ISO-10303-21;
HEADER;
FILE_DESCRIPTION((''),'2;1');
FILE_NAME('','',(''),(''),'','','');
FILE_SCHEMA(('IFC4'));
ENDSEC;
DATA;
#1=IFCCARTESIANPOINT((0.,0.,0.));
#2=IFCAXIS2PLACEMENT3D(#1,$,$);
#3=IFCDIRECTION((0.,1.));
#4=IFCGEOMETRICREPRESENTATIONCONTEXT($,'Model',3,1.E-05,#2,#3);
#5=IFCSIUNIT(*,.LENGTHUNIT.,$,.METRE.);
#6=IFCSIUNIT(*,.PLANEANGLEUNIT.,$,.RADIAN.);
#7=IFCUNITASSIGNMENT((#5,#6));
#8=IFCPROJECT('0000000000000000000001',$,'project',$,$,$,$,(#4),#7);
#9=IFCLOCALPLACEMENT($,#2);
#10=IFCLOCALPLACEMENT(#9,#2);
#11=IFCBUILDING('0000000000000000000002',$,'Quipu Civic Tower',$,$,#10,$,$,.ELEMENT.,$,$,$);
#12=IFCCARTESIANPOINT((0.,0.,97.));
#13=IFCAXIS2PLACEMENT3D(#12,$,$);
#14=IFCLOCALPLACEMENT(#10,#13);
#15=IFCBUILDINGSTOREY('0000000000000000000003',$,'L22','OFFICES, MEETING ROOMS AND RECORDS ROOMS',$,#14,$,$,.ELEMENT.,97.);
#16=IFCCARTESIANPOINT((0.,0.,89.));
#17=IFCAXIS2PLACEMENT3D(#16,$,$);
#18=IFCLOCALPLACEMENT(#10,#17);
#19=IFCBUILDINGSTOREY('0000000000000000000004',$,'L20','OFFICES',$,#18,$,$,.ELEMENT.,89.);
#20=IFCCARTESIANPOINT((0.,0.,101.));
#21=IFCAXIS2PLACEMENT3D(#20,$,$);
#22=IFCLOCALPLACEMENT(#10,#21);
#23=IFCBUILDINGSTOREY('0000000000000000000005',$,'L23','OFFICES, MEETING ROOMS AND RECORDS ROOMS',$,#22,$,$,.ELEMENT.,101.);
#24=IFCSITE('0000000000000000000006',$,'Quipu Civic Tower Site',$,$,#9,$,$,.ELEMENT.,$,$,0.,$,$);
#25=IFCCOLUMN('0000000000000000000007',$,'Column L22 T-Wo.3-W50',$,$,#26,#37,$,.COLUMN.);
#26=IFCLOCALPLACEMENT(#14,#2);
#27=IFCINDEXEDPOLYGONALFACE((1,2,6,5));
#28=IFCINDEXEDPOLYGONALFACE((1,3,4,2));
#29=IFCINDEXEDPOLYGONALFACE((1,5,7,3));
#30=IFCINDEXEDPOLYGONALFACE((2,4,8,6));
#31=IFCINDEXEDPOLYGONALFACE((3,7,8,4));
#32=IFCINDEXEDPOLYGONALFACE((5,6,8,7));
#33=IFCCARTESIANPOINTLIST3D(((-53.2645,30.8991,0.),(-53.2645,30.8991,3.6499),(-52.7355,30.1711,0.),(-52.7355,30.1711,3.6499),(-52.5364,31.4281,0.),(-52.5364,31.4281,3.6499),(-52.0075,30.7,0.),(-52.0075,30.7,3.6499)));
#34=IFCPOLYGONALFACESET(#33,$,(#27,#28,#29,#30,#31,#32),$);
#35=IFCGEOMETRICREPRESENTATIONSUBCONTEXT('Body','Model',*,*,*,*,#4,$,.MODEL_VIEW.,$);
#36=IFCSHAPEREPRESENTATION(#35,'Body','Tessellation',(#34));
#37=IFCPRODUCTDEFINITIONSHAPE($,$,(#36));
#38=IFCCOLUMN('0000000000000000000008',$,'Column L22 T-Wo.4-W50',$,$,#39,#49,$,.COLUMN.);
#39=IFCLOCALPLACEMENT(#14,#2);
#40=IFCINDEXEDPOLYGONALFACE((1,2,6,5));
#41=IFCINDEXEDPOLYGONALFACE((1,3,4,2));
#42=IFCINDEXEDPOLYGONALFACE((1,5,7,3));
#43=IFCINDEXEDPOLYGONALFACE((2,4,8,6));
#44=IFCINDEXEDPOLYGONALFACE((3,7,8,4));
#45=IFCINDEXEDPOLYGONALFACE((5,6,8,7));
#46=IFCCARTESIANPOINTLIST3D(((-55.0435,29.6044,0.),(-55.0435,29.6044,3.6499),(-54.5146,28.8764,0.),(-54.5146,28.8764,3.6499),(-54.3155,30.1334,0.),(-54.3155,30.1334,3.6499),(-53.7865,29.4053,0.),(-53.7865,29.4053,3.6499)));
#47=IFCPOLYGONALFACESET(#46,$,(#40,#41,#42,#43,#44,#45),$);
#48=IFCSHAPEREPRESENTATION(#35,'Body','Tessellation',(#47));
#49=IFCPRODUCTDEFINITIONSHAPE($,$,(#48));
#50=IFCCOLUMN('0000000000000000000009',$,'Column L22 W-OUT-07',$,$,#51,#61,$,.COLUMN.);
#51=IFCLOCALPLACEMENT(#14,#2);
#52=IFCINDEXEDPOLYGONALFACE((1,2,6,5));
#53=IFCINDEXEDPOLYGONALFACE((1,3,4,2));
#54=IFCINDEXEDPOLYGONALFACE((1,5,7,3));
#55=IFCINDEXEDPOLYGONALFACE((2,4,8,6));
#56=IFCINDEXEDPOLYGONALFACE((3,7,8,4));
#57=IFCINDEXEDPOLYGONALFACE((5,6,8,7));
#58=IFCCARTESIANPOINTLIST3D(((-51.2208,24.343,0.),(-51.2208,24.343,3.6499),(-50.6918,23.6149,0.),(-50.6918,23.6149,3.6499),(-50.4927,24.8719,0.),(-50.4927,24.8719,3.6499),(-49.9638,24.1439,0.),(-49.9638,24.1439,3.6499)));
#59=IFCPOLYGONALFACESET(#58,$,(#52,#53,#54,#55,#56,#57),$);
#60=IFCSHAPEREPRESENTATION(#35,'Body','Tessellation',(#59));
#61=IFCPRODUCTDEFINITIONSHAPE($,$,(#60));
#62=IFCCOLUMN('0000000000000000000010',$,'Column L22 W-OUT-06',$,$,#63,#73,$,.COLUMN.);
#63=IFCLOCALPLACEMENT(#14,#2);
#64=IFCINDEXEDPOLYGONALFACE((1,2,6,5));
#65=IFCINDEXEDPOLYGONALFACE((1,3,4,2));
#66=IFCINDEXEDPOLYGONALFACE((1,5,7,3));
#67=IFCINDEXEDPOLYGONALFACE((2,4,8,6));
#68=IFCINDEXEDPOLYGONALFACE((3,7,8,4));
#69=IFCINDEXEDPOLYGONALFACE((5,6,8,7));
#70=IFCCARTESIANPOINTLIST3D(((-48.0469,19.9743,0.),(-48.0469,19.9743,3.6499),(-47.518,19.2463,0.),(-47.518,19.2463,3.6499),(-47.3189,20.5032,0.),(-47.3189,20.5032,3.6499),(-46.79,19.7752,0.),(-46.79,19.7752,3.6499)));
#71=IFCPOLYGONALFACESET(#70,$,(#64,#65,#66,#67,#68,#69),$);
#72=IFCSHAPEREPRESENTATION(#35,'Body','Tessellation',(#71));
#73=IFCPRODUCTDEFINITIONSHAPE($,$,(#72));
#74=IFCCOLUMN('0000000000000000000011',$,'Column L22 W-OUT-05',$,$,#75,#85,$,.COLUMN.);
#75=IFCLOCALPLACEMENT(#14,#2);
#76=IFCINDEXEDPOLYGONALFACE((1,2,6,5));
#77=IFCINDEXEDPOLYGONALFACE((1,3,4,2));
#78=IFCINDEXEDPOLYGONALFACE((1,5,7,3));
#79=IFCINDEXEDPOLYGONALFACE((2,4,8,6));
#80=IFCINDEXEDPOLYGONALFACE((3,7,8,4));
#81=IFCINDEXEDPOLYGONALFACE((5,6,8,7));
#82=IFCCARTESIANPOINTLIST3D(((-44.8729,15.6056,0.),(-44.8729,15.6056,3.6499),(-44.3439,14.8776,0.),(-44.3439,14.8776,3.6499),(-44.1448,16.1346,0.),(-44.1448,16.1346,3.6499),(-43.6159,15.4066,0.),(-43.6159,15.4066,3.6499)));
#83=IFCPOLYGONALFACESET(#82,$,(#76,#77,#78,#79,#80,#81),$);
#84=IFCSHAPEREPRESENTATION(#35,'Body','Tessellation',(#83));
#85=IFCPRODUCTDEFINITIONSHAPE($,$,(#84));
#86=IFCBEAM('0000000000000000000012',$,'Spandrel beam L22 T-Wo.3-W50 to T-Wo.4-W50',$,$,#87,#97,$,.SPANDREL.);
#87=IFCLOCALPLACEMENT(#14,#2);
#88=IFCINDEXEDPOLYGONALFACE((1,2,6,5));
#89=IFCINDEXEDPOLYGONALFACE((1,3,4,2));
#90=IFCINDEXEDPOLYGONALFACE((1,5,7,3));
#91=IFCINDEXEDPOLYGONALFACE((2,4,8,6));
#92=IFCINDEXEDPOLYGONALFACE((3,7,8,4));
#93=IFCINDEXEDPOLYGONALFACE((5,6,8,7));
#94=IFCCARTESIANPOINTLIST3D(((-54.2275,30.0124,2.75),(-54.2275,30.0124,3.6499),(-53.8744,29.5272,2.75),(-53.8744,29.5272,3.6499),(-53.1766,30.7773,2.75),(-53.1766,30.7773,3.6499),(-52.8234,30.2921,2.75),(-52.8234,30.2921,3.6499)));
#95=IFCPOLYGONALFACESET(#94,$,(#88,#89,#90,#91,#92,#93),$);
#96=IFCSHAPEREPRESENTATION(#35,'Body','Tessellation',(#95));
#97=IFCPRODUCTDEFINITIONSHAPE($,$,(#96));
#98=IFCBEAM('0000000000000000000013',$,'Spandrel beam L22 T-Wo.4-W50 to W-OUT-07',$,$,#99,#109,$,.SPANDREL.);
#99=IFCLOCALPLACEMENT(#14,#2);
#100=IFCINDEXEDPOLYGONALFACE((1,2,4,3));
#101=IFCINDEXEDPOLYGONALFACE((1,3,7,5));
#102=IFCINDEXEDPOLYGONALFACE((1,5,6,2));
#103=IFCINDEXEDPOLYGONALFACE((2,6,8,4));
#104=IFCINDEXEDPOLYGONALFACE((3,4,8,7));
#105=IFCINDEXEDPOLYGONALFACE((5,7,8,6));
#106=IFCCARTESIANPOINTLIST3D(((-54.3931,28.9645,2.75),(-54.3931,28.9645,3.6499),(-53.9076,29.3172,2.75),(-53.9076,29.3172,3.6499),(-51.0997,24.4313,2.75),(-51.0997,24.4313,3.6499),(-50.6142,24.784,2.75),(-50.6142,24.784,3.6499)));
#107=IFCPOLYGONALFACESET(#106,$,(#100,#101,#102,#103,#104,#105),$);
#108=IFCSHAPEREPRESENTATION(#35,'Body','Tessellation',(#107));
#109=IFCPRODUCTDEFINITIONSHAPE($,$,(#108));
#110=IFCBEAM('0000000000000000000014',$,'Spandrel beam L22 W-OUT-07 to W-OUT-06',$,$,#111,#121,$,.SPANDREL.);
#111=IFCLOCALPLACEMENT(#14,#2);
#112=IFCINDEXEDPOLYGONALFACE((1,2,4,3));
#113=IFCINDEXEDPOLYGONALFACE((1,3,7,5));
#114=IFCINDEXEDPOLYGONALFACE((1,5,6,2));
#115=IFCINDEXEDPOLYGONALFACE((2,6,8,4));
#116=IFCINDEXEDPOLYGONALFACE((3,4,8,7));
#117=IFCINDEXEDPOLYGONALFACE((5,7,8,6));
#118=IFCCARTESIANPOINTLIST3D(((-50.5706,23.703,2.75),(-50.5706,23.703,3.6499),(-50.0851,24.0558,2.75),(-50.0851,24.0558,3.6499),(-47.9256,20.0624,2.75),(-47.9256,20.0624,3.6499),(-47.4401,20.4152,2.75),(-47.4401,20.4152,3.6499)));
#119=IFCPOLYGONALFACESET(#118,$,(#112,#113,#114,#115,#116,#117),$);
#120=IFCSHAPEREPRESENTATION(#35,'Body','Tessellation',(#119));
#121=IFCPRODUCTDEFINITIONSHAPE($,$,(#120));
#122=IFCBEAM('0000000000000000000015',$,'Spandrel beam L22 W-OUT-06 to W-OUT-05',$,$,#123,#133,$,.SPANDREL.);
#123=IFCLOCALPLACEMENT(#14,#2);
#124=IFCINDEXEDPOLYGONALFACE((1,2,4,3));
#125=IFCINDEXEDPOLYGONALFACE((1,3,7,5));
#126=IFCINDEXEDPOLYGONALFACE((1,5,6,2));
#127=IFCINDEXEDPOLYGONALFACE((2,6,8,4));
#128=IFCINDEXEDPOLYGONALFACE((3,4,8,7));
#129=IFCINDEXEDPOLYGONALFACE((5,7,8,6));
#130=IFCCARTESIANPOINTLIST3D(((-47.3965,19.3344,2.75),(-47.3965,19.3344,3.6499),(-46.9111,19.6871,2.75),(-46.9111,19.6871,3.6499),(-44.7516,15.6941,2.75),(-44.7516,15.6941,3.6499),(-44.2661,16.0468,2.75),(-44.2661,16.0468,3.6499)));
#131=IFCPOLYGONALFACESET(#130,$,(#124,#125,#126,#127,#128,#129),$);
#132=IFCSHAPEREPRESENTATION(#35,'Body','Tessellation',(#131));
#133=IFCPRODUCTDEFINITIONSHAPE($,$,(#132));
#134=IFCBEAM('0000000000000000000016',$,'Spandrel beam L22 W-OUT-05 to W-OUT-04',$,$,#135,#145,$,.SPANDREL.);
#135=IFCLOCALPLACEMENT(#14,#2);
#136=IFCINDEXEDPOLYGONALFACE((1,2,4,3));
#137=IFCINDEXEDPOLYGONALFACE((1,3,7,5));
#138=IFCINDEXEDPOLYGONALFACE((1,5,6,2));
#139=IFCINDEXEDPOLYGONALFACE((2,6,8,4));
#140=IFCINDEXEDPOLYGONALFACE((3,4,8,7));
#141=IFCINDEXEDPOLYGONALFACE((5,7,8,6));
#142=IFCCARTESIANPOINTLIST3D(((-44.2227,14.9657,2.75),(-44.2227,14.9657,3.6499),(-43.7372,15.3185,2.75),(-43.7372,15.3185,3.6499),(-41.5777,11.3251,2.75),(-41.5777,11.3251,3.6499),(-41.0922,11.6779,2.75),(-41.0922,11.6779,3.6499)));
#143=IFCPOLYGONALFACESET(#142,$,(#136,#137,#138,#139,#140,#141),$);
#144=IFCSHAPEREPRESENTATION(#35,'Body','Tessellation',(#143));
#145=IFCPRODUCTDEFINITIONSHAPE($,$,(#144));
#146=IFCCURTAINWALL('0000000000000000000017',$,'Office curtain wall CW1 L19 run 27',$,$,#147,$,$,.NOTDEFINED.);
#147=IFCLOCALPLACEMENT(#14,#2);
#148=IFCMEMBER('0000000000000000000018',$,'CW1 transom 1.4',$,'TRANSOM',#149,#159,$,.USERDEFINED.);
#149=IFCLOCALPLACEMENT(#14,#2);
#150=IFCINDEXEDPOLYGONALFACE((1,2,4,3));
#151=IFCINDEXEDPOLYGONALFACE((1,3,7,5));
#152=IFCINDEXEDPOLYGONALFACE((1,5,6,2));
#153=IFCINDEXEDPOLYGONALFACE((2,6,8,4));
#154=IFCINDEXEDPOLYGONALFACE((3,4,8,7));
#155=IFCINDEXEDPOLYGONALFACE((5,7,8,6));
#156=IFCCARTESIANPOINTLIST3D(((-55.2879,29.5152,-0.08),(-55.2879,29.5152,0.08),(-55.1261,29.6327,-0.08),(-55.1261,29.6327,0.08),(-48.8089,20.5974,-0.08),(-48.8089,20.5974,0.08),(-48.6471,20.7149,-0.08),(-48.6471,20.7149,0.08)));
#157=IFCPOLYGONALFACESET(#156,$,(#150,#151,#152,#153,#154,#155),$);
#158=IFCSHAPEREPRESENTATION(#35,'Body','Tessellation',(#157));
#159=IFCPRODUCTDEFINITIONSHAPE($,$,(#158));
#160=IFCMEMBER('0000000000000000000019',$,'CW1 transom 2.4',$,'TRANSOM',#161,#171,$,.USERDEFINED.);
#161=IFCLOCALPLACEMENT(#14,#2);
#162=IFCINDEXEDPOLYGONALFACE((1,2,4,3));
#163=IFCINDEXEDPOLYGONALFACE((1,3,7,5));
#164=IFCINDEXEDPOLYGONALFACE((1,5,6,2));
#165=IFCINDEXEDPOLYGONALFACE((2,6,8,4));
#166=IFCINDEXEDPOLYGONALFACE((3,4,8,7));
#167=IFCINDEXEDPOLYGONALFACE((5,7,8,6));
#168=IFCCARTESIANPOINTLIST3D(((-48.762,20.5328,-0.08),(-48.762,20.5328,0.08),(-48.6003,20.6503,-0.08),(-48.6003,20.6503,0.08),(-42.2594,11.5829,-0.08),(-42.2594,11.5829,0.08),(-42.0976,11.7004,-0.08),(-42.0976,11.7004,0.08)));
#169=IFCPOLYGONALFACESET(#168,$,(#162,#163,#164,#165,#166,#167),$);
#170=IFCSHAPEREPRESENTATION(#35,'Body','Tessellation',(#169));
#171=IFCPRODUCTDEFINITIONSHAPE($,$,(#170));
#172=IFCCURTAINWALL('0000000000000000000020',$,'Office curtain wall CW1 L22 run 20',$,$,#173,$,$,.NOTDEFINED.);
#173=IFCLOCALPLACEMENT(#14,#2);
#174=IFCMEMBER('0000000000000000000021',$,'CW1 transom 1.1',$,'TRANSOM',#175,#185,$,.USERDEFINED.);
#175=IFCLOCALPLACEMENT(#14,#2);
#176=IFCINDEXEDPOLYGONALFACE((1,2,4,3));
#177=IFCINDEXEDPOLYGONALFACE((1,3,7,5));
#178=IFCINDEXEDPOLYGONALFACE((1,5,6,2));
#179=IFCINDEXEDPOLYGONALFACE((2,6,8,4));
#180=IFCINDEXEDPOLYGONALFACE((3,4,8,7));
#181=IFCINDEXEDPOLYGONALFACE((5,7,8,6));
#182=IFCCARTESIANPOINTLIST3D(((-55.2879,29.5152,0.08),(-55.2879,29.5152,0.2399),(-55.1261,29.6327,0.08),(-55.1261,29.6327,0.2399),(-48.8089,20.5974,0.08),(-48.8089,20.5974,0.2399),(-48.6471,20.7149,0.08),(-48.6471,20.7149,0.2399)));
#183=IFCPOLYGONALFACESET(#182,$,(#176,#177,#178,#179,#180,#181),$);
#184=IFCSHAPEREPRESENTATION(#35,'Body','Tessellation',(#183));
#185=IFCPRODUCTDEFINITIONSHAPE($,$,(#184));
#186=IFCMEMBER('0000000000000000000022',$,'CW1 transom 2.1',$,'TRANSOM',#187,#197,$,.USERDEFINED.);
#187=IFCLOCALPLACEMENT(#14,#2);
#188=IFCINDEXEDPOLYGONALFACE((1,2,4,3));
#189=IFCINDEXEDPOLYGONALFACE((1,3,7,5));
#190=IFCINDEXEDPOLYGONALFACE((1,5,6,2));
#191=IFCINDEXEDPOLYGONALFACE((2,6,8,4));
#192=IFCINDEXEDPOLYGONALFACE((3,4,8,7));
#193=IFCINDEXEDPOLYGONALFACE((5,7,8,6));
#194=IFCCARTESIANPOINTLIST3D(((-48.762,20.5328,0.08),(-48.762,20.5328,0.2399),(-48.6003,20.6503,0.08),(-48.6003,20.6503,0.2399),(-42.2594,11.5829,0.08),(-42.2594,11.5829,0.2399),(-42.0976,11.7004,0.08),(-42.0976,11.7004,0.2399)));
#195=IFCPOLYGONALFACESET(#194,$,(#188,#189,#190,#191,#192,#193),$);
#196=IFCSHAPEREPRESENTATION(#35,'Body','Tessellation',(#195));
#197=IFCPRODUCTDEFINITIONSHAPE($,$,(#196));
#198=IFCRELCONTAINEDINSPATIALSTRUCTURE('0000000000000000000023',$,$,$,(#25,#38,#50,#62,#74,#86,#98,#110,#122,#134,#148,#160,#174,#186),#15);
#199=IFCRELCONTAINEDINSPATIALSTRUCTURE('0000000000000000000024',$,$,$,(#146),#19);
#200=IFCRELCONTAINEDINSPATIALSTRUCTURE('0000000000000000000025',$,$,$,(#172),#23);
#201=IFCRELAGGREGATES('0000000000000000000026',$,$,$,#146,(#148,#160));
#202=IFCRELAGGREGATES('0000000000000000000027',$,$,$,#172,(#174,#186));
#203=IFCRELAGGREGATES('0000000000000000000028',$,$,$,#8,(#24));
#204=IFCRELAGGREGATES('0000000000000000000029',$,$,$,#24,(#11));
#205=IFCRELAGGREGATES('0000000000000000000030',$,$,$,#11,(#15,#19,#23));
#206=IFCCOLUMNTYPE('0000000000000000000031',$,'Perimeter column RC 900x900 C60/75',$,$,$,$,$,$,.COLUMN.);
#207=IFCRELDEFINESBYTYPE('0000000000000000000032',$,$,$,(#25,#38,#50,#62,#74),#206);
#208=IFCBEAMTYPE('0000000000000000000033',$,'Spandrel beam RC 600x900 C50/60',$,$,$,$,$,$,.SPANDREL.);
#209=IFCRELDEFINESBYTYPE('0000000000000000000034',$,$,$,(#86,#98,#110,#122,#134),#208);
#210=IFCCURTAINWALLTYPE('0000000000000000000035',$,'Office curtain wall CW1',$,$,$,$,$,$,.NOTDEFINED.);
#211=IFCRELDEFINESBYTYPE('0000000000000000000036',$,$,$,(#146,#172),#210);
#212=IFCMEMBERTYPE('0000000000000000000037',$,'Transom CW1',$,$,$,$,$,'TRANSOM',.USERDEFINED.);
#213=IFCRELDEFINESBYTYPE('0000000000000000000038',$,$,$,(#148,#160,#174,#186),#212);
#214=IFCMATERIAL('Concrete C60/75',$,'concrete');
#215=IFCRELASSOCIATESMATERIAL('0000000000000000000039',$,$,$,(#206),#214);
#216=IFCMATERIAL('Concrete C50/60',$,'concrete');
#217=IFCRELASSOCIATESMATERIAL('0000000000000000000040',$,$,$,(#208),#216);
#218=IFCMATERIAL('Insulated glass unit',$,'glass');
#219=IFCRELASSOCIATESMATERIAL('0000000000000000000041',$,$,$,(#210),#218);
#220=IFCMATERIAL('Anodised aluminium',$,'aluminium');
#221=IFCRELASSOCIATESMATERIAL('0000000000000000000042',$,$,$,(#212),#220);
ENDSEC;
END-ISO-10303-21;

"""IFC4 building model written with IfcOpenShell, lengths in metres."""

from ifc_helpers import new_model, si_unit, direction, frame, origin, origin_2d, place, context, subcontext, project, spatial, rectangle, extrude, material, material_profile, profile_set, type_object, element, aggregate, save


model = new_model("IFC4")

# Units and contexts
model_context = context("Model", 3, precision=1e-05, world=origin(), true_north=direction((0.0, 1.0)))
body_context = subcontext(model_context, "Body", "Model", "MODEL_VIEW")
ifc_project = project(units=[si_unit("LENGTHUNIT", "METRE"), si_unit("PLANEANGLEUNIT", "RADIAN")], contexts=[model_context])

# Site, building, storey
site_placement = place(None, origin())
site = spatial("IfcSite", under=ifc_project, at=site_placement, Name="Quipu Civic Tower Site", CompositionType="ELEMENT", RefElevation=0.0)
building_placement = place(site_placement, origin())
building = spatial("IfcBuilding", under=site, at=building_placement, Name="Quipu Civic Tower", CompositionType="ELEMENT")
storey_1_placement = place(building_placement, frame((0.0, 0.0, 97.0)))
storey_1 = spatial("IfcBuildingStorey", under=building, at=storey_1_placement, Name="L22", Description="OFFICES, MEETING ROOMS AND RECORDS ROOMS", CompositionType="ELEMENT", Elevation=97.0)

# Columns
ifc_material_1 = material(Name="Concrete C60/75", Category="concrete")
ifc_material_profile_1 = material_profile(ifc_material_1, rectangle(XDim=0.8999, YDim=0.8999, at=origin_2d()), Name="RC900x900")
ifc_profile_set_1 = profile_set([ifc_material_profile_1], Name="Concrete C60/75")
column_type = type_object("IfcColumnType", Name="Perimeter column RC 900x900 C60/75", PredefinedType="COLUMN", material=ifc_profile_set_1)
for number, where, z_axis, x_axis, name in (
    (1, (-52.636, 30.7996, 0.0), (0.0, 0.0, 1.0), (-0.809017, -0.587785, 0.0), "Column L22 T-Wo.3-W50"),
    (2, (-54.415, 29.5049, 0.0), (0.0, 0.0, 1.0), (0.587785, -0.809017, 0.0), "Column L22 T-Wo.4-W50"),
    (3, (-50.5923, 24.2434, 0.0), (0.0, 0.0, 1.0), (0.587785, -0.809017, 0.0), "Column L22 W-OUT-07"),
    (4, (-47.4185, 19.8748, 0.0), (0.0, 0.0, 1.0), (0.587785, -0.809017, 0.0), "Column L22 W-OUT-06"),
    (5, (-44.2444, 15.5061, 0.0), (0.0, 0.0, 1.0), (0.587785, -0.809017, 0.0), "Column L22 W-OUT-05"),
):
    element("IfcColumn", number, at=place(storey_1_placement, frame(where, z_axis=z_axis, x_axis=x_axis)), inside=storey_1, type_object=column_type, Name=name, PredefinedType="COLUMN", context=body_context, shape_type="SweptSolid", body=[
        extrude(rectangle(XDim=0.8999, YDim=0.8999, at=origin_2d()), origin(), (0.0, 0.0, 1.0), 3.6499),
    ])

# Beams
ifc_material_2 = material(Name="Concrete C50/60", Category="concrete")
ifc_material_profile_2 = material_profile(ifc_material_2, rectangle(XDim=0.6001, YDim=0.8999, at=origin_2d()), Name="RC600x900")
ifc_profile_set_2 = profile_set([ifc_material_profile_2], Name="Concrete C50/60")
beam_type = type_object("IfcBeamType", Name="Spandrel beam RC 600x900 C50/60", PredefinedType="SPANDREL", material=ifc_profile_set_2)
beam_1_placement = place(storey_1_placement, frame((-53.0, 30.5347, 3.2), z_axis=(-0.808549, -0.588429, 0.0), x_axis=(0.588429, -0.808549, 0.0)))
element("IfcBeam", 6, at=beam_1_placement, inside=storey_1, type_object=beam_type, Name="Spandrel beam L22 T-Wo.3-W50 to T-Wo.4-W50", PredefinedType="SPANDREL", context=body_context, shape_type="SweptSolid", body=[
    extrude(rectangle(XDim=0.6001, YDim=0.8999, at=origin_2d()), origin(), (0.0, 0.0, 1.0), 1.2998),
])
beam_2_placement = place(storey_1_placement, frame((-54.1504, 29.1409, 3.2), z_axis=(0.587773, -0.809026, 0.0), x_axis=(0.809026, 0.587773, 0.0)))
element("IfcBeam", 7, at=beam_2_placement, inside=storey_1, type_object=beam_type, Name="Spandrel beam L22 T-Wo.4-W50 to W-OUT-07", PredefinedType="SPANDREL", context=body_context, shape_type="SweptSolid", body=[
    extrude(rectangle(XDim=0.6001, YDim=0.8999, at=origin_2d()), origin(), (0.0, 0.0, 1.0), 5.6033),
])
beam_3_placement = place(storey_1_placement, frame((-50.3279, 23.8794, 3.2), z_axis=(0.587778, -0.809022, 0.0), x_axis=(0.809022, 0.587778, 0.0)))
element("IfcBeam", 8, at=beam_3_placement, inside=storey_1, type_object=beam_type, Name="Spandrel beam L22 W-OUT-07 to W-OUT-06", PredefinedType="SPANDREL", context=body_context, shape_type="SweptSolid", body=[
    extrude(rectangle(XDim=0.6001, YDim=0.8999, at=origin_2d()), origin(), (0.0, 0.0, 1.0), 4.5),
])
beam_4_placement = place(storey_1_placement, frame((-47.1538, 19.5107, 3.2), z_axis=(0.587804, -0.809003, 0.0), x_axis=(0.809003, 0.587804, 0.0)))
element("IfcBeam", 9, at=beam_4_placement, inside=storey_1, type_object=beam_type, Name="Spandrel beam L22 W-OUT-06 to W-OUT-05", PredefinedType="SPANDREL", context=body_context, shape_type="SweptSolid", body=[
    extrude(rectangle(XDim=0.6001, YDim=0.8999, at=origin_2d()), origin(), (0.0, 0.0, 1.0), 4.4998),
])
beam_5_placement = place(storey_1_placement, frame((-43.98, 15.1421, 3.2), z_axis=(0.587778, -0.809022, 0.0), x_axis=(0.809022, 0.587778, 0.0)))
element("IfcBeam", 10, at=beam_5_placement, inside=storey_1, type_object=beam_type, Name="Spandrel beam L22 W-OUT-05 to W-OUT-04", PredefinedType="SPANDREL", context=body_context, shape_type="SweptSolid", body=[
    extrude(rectangle(XDim=0.6001, YDim=0.8999, at=origin_2d()), origin(), (0.0, 0.0, 1.0), 4.5),
])

# Shared definitions
storey_2_placement = place(building_placement, frame((0.0, 0.0, 89.0)))
storey_2 = spatial("IfcBuildingStorey", under=building, at=storey_2_placement, Name="L20", Description="OFFICES", CompositionType="ELEMENT", Elevation=89.0)

# Curtain wall, members
ifc_material_3 = material(Name="Insulated glass unit", Category="glass")
curtain_wall_type = type_object("IfcCurtainWallType", Name="Office curtain wall CW1", PredefinedType="NOTDEFINED", material=ifc_material_3)
curtain_wall_1_placement = place(storey_2_placement, origin())
curtain_wall_1 = element("IfcCurtainWall", 11, at=curtain_wall_1_placement, inside=storey_2, type_object=curtain_wall_type, Name="Office curtain wall CW1 L19 run 27", PredefinedType="NOTDEFINED")
ifc_material_4 = material(Name="Anodised aluminium", Category="aluminium")
ifc_material_profile_3 = material_profile(ifc_material_4, rectangle(XDim=0.2, YDim=0.1599, at=origin_2d()), Name="RECT 200x160")
ifc_profile_set_3 = profile_set([ifc_material_profile_3], Name="Anodised aluminium")
member_type = type_object("IfcMemberType", Name="Transom CW1", ElementType="TRANSOM", PredefinedType="USERDEFINED", material=ifc_profile_set_3)
member_1_placement = place(storey_1_placement, frame((-55.207, 29.574, 0.0), z_axis=(0.587779, -0.809021, 0.0), x_axis=(0.809021, 0.587779, 0.0)))
member_1 = element("IfcMember", 12, at=member_1_placement, inside=storey_1, type_object=member_type, Name="CW1 transom 1.4", ObjectType="TRANSOM", PredefinedType="USERDEFINED", context=body_context, shape_type="SweptSolid", body=[
    extrude(rectangle(XDim=0.2, YDim=0.1599, at=origin_2d()), origin(), (0.0, 0.0, 1.0), 11.0229),
])
member_2_placement = place(storey_1_placement, frame((-48.6812, 20.5916, 0.0), z_axis=(0.587795, -0.80901, 0.0), x_axis=(0.80901, 0.587795, 0.0)))
member_2 = element("IfcMember", 13, at=member_2_placement, inside=storey_1, type_object=member_type, Name="CW1 transom 2.4", ObjectType="TRANSOM", PredefinedType="USERDEFINED", context=body_context, shape_type="SweptSolid", body=[
    extrude(rectangle(XDim=0.2, YDim=0.1599, at=origin_2d()), origin(), (0.0, 0.0, 1.0), 11.0627),
])
aggregate(curtain_wall_1, [member_1, member_2])

# Shared definitions
storey_3_placement = place(building_placement, frame((0.0, 0.0, 101.0)))
storey_3 = spatial("IfcBuildingStorey", under=building, at=storey_3_placement, Name="L23", Description="OFFICES, MEETING ROOMS AND RECORDS ROOMS", CompositionType="ELEMENT", Elevation=101.0)

# Curtain wall, members
curtain_wall_2_placement = place(storey_3_placement, origin())
curtain_wall_2 = element("IfcCurtainWall", 14, at=curtain_wall_2_placement, inside=storey_3, type_object=curtain_wall_type, Name="Office curtain wall CW1 L22 run 20", PredefinedType="NOTDEFINED")
member_3_placement = place(storey_1_placement, frame((-55.207, 29.574, 0.1599), z_axis=(0.587779, -0.809021, 0.0), x_axis=(0.809021, 0.587779, 0.0)))
member_3 = element("IfcMember", 15, at=member_3_placement, inside=storey_1, type_object=member_type, Name="CW1 transom 1.1", ObjectType="TRANSOM", PredefinedType="USERDEFINED", context=body_context, shape_type="SweptSolid", body=[
    extrude(rectangle(XDim=0.2, YDim=0.1599, at=origin_2d()), origin(), (0.0, 0.0, 1.0), 11.0229),
])
member_4_placement = place(storey_1_placement, frame((-48.6812, 20.5916, 0.1599), z_axis=(0.587795, -0.80901, 0.0), x_axis=(0.80901, 0.587795, 0.0)))
member_4 = element("IfcMember", 16, at=member_4_placement, inside=storey_1, type_object=member_type, Name="CW1 transom 2.1", ObjectType="TRANSOM", PredefinedType="USERDEFINED", context=body_context, shape_type="SweptSolid", body=[
    extrude(rectangle(XDim=0.2, YDim=0.1599, at=origin_2d()), origin(), (0.0, 0.0, 1.0), 11.0627),
])
aggregate(curtain_wall_2, [member_3, member_4])

save(model, "model.ifc")
